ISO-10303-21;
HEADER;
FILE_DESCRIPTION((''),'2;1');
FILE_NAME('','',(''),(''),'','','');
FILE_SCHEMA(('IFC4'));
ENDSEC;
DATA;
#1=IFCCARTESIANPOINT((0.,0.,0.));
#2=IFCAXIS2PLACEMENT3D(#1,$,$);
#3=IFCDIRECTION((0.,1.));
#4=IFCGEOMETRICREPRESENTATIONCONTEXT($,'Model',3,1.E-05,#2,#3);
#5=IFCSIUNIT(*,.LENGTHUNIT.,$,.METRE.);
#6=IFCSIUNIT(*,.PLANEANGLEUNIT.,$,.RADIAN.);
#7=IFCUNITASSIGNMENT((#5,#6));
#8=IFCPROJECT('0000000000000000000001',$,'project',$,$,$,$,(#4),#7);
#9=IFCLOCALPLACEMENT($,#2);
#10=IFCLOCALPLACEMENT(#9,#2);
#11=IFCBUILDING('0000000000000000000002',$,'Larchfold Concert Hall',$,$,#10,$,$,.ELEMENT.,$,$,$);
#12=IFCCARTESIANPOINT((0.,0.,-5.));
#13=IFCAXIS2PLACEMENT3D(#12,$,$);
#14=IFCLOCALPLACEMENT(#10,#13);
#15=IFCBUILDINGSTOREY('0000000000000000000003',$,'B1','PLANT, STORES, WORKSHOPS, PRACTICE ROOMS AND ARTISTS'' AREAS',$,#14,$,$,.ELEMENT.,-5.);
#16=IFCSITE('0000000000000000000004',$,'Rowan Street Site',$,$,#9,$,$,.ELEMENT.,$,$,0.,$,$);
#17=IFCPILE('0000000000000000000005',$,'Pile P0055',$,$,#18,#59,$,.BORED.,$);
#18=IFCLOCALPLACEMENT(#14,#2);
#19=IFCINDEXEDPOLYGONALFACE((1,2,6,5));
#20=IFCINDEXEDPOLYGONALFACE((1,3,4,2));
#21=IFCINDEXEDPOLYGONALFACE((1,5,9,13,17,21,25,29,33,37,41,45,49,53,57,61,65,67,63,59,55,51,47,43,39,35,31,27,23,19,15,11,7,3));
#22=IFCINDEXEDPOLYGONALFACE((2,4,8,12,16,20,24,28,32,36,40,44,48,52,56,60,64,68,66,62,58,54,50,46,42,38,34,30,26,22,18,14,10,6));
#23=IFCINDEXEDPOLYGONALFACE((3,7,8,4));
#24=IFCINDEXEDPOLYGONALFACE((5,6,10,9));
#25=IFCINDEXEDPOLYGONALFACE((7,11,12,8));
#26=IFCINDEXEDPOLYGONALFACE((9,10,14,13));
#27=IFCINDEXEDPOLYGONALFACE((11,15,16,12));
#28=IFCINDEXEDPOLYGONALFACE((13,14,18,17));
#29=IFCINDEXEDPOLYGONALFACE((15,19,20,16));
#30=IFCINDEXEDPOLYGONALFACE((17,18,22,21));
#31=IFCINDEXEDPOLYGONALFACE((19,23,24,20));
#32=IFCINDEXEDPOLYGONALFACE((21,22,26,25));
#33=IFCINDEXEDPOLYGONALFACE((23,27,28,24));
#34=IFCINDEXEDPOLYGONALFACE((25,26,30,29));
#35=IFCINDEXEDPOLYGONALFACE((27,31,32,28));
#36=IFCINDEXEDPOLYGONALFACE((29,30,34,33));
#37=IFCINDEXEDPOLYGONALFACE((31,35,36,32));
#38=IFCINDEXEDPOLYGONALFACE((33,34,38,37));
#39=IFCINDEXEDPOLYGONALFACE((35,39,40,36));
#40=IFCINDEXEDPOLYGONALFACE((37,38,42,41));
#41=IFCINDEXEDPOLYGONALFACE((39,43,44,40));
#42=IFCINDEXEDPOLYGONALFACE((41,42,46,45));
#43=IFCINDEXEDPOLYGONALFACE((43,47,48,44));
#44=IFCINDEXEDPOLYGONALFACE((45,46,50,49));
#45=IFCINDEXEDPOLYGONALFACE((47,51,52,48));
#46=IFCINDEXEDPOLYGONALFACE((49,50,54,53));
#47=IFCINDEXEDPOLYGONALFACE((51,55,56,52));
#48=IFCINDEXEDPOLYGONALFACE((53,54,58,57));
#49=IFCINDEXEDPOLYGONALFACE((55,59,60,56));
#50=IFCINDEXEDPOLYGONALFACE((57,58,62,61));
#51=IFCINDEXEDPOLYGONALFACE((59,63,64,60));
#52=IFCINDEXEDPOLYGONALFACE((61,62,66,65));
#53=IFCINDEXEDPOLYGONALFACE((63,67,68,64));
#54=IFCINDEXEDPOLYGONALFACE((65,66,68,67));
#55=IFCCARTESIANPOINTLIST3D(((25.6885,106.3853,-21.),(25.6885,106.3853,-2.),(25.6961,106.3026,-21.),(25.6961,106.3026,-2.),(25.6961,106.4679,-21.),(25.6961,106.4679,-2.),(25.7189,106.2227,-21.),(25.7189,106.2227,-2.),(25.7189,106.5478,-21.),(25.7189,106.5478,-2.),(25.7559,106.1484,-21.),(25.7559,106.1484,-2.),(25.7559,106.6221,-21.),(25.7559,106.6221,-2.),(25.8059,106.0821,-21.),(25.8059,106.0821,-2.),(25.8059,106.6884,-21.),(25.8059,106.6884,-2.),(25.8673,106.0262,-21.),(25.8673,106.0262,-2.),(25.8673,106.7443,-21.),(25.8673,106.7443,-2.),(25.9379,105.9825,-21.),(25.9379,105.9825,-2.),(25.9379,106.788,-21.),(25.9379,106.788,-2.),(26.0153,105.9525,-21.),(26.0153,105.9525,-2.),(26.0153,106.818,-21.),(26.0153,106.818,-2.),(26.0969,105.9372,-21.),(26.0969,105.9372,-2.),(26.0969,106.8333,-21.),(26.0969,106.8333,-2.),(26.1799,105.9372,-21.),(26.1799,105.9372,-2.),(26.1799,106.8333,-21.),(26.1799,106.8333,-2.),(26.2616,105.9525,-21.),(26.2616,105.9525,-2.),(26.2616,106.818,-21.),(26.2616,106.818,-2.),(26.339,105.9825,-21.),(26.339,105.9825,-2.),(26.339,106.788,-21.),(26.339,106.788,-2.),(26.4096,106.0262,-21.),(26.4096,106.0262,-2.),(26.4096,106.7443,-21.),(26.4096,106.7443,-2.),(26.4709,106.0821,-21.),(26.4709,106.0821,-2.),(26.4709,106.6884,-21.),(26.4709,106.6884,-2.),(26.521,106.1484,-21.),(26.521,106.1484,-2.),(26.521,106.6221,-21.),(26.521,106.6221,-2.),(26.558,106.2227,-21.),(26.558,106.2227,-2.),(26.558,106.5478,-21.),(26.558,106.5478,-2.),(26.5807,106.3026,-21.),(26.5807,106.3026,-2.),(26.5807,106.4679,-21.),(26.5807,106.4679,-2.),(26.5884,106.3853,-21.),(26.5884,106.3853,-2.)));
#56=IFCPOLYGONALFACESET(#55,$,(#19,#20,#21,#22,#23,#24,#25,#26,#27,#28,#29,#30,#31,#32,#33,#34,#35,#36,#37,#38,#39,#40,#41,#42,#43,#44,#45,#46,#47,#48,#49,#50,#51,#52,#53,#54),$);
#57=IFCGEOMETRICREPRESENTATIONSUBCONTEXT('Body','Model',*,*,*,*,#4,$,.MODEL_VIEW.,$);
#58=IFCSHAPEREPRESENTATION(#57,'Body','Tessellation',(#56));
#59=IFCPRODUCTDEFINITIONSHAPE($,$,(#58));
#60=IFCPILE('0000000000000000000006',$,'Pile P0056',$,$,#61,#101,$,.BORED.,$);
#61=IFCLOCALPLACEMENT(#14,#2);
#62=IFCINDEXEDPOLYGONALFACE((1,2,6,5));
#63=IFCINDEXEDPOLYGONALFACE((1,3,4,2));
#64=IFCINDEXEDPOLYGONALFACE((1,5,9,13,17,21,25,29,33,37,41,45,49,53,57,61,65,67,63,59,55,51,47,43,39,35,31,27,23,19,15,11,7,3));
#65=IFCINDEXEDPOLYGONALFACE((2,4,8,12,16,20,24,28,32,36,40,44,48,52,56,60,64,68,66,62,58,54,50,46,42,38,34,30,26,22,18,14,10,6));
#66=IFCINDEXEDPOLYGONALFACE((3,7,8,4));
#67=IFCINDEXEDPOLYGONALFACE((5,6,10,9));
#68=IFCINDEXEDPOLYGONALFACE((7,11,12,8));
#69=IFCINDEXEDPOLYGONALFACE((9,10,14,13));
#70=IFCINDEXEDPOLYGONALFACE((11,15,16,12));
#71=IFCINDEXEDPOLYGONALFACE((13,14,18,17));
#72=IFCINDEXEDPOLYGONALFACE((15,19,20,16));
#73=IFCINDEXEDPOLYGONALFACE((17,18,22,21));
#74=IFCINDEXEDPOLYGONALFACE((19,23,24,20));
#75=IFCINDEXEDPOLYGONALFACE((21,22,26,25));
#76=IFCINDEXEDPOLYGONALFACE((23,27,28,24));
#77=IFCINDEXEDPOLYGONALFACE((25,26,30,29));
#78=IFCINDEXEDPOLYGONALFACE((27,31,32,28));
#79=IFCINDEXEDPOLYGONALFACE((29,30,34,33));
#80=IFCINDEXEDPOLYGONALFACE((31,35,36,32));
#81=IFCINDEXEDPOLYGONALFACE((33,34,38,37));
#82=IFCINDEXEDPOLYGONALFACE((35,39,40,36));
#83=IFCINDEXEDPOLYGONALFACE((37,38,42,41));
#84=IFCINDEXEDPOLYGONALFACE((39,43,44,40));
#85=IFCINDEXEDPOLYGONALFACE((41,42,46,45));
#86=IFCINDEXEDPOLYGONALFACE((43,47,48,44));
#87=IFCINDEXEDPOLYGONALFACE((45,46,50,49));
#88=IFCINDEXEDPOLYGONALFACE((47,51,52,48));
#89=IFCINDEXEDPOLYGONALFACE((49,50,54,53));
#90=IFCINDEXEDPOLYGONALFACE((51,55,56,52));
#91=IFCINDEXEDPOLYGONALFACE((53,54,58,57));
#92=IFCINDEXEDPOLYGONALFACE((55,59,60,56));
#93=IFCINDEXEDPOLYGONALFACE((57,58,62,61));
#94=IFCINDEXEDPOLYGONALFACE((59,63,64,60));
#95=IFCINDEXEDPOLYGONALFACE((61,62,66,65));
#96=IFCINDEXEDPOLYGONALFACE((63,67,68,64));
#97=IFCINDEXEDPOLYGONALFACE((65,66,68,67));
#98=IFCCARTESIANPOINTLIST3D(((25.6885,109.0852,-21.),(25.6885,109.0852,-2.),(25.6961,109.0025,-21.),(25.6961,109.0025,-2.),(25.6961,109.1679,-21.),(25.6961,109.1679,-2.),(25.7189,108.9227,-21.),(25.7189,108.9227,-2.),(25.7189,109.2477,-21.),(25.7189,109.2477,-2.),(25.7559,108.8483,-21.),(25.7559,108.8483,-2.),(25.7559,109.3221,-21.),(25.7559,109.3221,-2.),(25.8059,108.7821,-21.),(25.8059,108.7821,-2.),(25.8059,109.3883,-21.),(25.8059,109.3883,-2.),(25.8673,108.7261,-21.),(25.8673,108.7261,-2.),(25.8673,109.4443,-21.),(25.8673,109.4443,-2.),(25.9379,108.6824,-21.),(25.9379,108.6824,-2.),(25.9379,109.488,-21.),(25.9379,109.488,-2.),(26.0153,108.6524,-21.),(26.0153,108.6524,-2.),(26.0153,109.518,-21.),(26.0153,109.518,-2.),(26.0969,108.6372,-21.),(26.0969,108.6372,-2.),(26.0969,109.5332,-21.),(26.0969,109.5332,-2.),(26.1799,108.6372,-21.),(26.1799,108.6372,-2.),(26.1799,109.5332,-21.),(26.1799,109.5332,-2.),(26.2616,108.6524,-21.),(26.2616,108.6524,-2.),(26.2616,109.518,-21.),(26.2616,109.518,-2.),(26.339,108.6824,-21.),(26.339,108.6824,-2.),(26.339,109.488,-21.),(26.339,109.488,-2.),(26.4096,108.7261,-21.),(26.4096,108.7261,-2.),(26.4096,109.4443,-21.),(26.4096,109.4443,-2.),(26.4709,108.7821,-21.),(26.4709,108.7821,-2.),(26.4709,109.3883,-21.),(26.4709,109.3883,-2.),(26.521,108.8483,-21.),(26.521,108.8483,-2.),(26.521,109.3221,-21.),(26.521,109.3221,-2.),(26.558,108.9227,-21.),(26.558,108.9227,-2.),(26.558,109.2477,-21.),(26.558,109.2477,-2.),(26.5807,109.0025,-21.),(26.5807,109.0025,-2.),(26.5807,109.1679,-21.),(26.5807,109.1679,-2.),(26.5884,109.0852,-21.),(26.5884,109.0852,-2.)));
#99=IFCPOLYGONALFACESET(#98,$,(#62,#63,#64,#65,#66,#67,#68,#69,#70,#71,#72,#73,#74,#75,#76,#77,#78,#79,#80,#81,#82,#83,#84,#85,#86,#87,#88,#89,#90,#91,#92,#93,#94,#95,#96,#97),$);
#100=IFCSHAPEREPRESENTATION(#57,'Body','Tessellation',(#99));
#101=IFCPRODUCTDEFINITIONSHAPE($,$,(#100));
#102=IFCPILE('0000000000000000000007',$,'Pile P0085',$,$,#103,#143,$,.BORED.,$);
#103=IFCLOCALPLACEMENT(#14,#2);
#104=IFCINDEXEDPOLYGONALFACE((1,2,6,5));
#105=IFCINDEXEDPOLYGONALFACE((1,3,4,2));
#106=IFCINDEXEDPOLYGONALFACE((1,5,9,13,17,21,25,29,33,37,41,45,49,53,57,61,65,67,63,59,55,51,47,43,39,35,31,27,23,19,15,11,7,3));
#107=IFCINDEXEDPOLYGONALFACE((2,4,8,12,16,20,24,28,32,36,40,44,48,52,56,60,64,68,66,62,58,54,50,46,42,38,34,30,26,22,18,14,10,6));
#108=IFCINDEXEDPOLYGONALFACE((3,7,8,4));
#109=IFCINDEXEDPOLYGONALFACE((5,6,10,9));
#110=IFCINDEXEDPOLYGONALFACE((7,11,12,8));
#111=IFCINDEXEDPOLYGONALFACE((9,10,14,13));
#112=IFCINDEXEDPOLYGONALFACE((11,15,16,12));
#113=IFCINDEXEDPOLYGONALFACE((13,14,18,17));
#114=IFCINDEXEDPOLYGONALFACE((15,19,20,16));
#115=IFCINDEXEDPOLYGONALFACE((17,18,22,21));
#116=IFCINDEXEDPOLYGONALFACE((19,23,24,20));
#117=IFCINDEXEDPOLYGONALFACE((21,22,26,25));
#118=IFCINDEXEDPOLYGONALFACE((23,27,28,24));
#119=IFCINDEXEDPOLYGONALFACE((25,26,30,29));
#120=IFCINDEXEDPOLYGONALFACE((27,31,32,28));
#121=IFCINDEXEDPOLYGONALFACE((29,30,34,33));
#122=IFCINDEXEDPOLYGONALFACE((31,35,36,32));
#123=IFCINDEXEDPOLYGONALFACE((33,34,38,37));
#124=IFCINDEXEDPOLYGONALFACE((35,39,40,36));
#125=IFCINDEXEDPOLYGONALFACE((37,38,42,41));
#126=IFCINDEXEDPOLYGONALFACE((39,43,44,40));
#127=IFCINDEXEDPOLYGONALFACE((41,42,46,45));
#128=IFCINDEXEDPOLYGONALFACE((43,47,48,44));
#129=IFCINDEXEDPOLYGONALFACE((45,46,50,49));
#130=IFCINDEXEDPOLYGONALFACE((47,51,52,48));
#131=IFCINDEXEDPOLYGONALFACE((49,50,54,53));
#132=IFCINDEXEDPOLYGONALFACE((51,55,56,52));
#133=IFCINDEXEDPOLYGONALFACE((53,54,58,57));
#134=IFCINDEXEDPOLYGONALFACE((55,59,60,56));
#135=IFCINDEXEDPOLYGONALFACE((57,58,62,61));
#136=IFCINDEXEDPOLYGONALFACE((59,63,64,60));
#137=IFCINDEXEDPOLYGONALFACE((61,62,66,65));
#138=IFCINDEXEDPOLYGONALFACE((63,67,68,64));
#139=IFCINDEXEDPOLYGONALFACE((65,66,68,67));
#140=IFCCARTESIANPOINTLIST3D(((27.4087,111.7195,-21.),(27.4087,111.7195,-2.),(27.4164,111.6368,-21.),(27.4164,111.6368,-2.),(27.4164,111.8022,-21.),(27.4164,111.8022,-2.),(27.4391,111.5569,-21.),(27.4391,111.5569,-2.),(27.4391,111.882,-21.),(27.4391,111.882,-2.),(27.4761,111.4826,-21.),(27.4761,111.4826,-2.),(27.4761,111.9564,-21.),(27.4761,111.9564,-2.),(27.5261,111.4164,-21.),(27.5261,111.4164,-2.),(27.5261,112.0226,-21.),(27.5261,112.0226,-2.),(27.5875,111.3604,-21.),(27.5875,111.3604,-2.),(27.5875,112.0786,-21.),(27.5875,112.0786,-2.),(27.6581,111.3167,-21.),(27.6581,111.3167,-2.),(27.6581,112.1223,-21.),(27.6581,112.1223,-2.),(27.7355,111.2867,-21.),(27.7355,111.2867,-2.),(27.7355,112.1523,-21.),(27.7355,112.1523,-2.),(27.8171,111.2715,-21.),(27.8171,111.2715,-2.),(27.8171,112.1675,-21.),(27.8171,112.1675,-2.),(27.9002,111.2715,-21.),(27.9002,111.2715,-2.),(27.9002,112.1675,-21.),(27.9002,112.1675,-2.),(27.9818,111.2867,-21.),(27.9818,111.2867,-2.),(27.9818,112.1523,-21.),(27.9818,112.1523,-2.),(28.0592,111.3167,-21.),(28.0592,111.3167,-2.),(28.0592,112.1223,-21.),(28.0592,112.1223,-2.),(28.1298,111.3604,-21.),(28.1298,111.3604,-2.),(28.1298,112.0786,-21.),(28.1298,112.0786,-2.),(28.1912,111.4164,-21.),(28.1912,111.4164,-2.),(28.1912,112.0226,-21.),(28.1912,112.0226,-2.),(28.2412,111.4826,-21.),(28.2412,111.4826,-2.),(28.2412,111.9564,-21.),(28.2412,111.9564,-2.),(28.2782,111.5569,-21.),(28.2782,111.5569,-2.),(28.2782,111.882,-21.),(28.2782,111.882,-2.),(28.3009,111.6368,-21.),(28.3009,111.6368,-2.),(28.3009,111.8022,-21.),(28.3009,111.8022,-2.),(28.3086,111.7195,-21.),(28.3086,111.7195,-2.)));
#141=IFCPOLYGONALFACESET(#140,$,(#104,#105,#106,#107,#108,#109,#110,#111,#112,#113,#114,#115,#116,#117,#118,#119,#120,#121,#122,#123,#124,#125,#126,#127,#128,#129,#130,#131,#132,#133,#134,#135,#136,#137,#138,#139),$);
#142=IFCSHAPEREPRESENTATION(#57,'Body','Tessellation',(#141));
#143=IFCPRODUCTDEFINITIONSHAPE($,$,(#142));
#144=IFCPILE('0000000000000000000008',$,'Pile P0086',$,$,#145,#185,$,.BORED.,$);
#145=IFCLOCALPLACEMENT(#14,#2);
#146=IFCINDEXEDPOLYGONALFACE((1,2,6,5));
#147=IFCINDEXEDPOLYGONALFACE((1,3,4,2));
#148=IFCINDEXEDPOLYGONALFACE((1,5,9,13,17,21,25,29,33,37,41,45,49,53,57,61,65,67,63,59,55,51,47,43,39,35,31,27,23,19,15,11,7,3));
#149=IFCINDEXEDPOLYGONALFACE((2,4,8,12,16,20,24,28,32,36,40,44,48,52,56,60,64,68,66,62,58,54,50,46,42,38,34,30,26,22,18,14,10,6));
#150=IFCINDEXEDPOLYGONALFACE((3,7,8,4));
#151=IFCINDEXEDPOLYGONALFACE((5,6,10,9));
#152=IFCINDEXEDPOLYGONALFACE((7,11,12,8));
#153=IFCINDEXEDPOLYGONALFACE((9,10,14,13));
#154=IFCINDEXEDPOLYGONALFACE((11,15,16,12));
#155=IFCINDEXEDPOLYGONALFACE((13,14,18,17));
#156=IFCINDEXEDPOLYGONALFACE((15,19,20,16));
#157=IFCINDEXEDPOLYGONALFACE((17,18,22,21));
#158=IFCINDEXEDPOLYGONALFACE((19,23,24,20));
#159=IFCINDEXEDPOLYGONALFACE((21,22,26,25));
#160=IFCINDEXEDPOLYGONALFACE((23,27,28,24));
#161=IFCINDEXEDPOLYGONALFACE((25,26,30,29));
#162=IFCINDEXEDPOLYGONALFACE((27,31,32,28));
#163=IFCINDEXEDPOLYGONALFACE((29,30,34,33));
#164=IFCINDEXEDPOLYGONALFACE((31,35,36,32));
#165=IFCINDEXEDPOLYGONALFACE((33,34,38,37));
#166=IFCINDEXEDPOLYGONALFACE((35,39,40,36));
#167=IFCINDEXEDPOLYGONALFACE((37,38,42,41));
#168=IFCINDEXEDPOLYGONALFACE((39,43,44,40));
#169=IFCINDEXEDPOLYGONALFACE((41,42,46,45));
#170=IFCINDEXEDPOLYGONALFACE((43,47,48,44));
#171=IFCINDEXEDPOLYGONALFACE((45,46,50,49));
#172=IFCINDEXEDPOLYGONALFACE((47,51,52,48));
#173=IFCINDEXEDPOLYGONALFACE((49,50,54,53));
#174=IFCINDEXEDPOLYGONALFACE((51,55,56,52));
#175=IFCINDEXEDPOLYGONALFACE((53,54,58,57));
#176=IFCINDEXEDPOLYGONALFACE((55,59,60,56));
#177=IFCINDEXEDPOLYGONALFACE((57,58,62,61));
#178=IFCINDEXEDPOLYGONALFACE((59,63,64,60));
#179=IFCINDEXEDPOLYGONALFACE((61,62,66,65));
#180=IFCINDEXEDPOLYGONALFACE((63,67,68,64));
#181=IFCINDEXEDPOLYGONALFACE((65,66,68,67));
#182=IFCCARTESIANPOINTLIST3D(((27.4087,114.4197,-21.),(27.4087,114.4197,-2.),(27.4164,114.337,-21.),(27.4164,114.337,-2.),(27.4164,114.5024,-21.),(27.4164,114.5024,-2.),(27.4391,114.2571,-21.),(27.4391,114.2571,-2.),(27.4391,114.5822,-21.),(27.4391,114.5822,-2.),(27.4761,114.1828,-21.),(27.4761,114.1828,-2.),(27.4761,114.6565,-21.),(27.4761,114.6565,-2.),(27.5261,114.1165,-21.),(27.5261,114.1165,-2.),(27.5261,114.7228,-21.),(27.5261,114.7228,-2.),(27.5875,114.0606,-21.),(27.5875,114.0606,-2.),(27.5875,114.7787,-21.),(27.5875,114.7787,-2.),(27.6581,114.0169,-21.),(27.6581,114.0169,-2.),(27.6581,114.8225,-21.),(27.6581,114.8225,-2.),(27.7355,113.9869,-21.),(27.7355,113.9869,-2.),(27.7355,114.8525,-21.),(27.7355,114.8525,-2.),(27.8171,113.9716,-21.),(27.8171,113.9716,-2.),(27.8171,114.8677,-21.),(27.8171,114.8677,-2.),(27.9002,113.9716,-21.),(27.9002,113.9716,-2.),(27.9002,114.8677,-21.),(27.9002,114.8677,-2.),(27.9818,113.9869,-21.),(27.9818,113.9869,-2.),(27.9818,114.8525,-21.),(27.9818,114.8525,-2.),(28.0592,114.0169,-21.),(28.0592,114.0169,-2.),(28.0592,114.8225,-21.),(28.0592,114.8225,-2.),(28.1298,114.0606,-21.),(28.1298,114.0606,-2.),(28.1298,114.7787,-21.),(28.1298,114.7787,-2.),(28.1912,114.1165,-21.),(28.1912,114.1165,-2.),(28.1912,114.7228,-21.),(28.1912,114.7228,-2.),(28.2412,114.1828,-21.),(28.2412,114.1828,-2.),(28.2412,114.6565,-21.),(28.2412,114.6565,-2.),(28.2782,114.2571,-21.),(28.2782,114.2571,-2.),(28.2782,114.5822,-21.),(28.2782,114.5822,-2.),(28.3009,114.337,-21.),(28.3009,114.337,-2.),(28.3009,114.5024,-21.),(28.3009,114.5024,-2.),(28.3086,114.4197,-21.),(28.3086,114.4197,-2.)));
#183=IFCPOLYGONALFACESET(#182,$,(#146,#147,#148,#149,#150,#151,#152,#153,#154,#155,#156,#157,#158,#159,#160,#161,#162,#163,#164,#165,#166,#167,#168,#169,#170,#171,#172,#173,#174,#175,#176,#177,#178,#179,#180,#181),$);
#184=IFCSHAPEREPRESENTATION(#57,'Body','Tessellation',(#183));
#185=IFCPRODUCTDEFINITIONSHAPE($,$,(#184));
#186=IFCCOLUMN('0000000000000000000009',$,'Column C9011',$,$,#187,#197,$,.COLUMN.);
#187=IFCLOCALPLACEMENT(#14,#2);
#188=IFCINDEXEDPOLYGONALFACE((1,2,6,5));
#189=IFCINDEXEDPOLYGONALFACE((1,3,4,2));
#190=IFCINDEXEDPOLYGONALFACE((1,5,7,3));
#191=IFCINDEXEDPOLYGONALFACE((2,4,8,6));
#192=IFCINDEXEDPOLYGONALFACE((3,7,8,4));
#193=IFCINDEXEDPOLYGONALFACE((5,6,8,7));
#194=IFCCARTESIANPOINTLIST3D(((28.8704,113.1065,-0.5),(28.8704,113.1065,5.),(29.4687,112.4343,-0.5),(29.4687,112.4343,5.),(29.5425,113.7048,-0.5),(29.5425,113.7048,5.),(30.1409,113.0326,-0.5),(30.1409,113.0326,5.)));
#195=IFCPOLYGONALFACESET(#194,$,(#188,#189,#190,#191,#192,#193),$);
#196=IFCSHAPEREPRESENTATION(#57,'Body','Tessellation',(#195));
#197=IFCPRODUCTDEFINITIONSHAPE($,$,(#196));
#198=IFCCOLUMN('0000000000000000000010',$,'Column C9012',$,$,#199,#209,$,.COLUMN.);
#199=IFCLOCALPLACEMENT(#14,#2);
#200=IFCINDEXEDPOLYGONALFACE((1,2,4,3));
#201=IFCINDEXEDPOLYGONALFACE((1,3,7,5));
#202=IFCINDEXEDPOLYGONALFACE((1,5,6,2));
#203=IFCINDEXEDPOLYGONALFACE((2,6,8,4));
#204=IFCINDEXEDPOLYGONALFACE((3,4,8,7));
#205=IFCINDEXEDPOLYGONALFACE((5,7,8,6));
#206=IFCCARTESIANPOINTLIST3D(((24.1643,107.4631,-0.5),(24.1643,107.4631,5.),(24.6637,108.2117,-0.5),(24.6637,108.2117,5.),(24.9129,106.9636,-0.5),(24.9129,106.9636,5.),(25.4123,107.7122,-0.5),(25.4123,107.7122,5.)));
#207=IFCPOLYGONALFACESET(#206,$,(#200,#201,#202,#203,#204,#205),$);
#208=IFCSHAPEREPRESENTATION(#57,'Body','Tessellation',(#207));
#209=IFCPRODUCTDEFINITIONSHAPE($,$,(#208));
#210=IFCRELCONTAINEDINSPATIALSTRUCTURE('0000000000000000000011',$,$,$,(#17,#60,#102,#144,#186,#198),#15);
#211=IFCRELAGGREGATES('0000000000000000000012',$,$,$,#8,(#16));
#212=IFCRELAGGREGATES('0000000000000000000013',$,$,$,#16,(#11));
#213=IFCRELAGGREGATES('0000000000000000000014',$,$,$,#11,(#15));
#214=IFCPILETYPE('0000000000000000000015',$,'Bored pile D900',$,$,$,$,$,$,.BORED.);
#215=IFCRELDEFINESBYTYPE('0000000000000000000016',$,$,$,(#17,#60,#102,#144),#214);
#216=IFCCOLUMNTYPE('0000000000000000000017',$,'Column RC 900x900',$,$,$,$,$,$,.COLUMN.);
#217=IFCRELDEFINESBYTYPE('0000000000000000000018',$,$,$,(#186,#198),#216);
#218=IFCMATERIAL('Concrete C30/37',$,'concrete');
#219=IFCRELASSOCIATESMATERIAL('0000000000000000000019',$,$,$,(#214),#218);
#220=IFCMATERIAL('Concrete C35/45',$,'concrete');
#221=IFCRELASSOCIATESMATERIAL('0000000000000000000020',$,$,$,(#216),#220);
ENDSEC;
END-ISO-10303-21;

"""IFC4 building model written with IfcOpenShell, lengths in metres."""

from ifc_helpers import new_model, si_unit, direction, frame, origin, origin_2d, place, context, subcontext, project, spatial, rectangle, circle, extrude, material, material_profile, profile_set, type_object, element, save


model = new_model("IFC4")

# Units and contexts
model_context = context("Model", 3, precision=1e-05, world=origin(), true_north=direction((0.0, 1.0)))
body_context = subcontext(model_context, "Body", "Model", "MODEL_VIEW")
ifc_project = project(units=[si_unit("LENGTHUNIT", "METRE"), si_unit("PLANEANGLEUNIT", "RADIAN")], contexts=[model_context])

# Site, building, storey
site_placement = place(None, origin())
site = spatial("IfcSite", under=ifc_project, at=site_placement, Name="Rowan Street Site", CompositionType="ELEMENT", RefElevation=0.0)
building_placement = place(site_placement, origin())
building = spatial("IfcBuilding", under=site, at=building_placement, Name="Larchfold Concert Hall", CompositionType="ELEMENT")
storey_placement = place(building_placement, frame((0.0, 0.0, -5.0)))
storey = spatial("IfcBuildingStorey", under=building, at=storey_placement, Name="B1", Description="PLANT, STORES, WORKSHOPS, PRACTICE ROOMS AND ARTISTS' AREAS", CompositionType="ELEMENT", Elevation=-5.0)

# Piles
ifc_material_1 = material(Name="Concrete C30/37", Category="concrete")
ifc_material_profile_1 = material_profile(ifc_material_1, circle(Radius=0.45, at=origin_2d()))
ifc_profile_set_1 = profile_set([ifc_material_profile_1], Name="Concrete C30/37")
pile_type = type_object("IfcPileType", Name="Bored pile D900", PredefinedType="BORED", material=ifc_profile_set_1)
for number, where, z_axis, x_axis, name in (
    (1, (26.1384, 106.3853, -2.0), (0.0, 0.0, -1.0), (1.0, 0.0, 0.0), "Pile P0055"),
    (2, (26.1384, 109.0852, -2.0), (0.0, 0.0, -1.0), (1.0, 0.0, 0.0), "Pile P0056"),
    (3, (27.8586, 111.7195, -2.0), (0.0, 0.0, -1.0), (1.0, 0.0, 0.0), "Pile P0085"),
    (4, (27.8586, 114.4197, -2.0), (0.0, 0.0, -1.0), (1.0, 0.0, 0.0), "Pile P0086"),
):
    element("IfcPile", number, at=place(storey_placement, frame(where, z_axis=z_axis, x_axis=x_axis)), inside=storey, type_object=pile_type, Name=name, PredefinedType="BORED", context=body_context, shape_type="SweptSolid", body=[
        extrude(circle(Radius=0.45, at=origin_2d()), origin(), (0.0, 0.0, 1.0), 19.0),
    ])

# Columns
ifc_material_2 = material(Name="Concrete C35/45", Category="concrete")
ifc_material_profile_2 = material_profile(ifc_material_2, rectangle(XDim=0.8999, YDim=0.8999, at=origin_2d()))
ifc_profile_set_2 = profile_set([ifc_material_profile_2], Name="Concrete C35/45")
column_type = type_object("IfcColumnType", Name="Column RC 900x900", PredefinedType="COLUMN", material=ifc_profile_set_2)
for number, where, z_axis, x_axis, name in (
    (5, (29.5056, 113.0696, -0.5), (0.0, 0.0, 1.0), (0.746954, 0.664876, 0.0), "Column C9011"),
    (6, (24.7883, 107.5876, -0.5), (0.0, 0.0, 1.0), (0.554978, 0.831865, 0.0), "Column C9012"),
):
    element("IfcColumn", number, at=place(storey_placement, frame(where, z_axis=z_axis, x_axis=x_axis)), inside=storey, type_object=column_type, Name=name, PredefinedType="COLUMN", context=body_context, shape_type="SweptSolid", body=[
        extrude(rectangle(XDim=0.8999, YDim=0.8999, at=origin_2d()), origin(), (0.0, 0.0, 1.0), 5.5),
    ])

save(model, "model.ifc")
